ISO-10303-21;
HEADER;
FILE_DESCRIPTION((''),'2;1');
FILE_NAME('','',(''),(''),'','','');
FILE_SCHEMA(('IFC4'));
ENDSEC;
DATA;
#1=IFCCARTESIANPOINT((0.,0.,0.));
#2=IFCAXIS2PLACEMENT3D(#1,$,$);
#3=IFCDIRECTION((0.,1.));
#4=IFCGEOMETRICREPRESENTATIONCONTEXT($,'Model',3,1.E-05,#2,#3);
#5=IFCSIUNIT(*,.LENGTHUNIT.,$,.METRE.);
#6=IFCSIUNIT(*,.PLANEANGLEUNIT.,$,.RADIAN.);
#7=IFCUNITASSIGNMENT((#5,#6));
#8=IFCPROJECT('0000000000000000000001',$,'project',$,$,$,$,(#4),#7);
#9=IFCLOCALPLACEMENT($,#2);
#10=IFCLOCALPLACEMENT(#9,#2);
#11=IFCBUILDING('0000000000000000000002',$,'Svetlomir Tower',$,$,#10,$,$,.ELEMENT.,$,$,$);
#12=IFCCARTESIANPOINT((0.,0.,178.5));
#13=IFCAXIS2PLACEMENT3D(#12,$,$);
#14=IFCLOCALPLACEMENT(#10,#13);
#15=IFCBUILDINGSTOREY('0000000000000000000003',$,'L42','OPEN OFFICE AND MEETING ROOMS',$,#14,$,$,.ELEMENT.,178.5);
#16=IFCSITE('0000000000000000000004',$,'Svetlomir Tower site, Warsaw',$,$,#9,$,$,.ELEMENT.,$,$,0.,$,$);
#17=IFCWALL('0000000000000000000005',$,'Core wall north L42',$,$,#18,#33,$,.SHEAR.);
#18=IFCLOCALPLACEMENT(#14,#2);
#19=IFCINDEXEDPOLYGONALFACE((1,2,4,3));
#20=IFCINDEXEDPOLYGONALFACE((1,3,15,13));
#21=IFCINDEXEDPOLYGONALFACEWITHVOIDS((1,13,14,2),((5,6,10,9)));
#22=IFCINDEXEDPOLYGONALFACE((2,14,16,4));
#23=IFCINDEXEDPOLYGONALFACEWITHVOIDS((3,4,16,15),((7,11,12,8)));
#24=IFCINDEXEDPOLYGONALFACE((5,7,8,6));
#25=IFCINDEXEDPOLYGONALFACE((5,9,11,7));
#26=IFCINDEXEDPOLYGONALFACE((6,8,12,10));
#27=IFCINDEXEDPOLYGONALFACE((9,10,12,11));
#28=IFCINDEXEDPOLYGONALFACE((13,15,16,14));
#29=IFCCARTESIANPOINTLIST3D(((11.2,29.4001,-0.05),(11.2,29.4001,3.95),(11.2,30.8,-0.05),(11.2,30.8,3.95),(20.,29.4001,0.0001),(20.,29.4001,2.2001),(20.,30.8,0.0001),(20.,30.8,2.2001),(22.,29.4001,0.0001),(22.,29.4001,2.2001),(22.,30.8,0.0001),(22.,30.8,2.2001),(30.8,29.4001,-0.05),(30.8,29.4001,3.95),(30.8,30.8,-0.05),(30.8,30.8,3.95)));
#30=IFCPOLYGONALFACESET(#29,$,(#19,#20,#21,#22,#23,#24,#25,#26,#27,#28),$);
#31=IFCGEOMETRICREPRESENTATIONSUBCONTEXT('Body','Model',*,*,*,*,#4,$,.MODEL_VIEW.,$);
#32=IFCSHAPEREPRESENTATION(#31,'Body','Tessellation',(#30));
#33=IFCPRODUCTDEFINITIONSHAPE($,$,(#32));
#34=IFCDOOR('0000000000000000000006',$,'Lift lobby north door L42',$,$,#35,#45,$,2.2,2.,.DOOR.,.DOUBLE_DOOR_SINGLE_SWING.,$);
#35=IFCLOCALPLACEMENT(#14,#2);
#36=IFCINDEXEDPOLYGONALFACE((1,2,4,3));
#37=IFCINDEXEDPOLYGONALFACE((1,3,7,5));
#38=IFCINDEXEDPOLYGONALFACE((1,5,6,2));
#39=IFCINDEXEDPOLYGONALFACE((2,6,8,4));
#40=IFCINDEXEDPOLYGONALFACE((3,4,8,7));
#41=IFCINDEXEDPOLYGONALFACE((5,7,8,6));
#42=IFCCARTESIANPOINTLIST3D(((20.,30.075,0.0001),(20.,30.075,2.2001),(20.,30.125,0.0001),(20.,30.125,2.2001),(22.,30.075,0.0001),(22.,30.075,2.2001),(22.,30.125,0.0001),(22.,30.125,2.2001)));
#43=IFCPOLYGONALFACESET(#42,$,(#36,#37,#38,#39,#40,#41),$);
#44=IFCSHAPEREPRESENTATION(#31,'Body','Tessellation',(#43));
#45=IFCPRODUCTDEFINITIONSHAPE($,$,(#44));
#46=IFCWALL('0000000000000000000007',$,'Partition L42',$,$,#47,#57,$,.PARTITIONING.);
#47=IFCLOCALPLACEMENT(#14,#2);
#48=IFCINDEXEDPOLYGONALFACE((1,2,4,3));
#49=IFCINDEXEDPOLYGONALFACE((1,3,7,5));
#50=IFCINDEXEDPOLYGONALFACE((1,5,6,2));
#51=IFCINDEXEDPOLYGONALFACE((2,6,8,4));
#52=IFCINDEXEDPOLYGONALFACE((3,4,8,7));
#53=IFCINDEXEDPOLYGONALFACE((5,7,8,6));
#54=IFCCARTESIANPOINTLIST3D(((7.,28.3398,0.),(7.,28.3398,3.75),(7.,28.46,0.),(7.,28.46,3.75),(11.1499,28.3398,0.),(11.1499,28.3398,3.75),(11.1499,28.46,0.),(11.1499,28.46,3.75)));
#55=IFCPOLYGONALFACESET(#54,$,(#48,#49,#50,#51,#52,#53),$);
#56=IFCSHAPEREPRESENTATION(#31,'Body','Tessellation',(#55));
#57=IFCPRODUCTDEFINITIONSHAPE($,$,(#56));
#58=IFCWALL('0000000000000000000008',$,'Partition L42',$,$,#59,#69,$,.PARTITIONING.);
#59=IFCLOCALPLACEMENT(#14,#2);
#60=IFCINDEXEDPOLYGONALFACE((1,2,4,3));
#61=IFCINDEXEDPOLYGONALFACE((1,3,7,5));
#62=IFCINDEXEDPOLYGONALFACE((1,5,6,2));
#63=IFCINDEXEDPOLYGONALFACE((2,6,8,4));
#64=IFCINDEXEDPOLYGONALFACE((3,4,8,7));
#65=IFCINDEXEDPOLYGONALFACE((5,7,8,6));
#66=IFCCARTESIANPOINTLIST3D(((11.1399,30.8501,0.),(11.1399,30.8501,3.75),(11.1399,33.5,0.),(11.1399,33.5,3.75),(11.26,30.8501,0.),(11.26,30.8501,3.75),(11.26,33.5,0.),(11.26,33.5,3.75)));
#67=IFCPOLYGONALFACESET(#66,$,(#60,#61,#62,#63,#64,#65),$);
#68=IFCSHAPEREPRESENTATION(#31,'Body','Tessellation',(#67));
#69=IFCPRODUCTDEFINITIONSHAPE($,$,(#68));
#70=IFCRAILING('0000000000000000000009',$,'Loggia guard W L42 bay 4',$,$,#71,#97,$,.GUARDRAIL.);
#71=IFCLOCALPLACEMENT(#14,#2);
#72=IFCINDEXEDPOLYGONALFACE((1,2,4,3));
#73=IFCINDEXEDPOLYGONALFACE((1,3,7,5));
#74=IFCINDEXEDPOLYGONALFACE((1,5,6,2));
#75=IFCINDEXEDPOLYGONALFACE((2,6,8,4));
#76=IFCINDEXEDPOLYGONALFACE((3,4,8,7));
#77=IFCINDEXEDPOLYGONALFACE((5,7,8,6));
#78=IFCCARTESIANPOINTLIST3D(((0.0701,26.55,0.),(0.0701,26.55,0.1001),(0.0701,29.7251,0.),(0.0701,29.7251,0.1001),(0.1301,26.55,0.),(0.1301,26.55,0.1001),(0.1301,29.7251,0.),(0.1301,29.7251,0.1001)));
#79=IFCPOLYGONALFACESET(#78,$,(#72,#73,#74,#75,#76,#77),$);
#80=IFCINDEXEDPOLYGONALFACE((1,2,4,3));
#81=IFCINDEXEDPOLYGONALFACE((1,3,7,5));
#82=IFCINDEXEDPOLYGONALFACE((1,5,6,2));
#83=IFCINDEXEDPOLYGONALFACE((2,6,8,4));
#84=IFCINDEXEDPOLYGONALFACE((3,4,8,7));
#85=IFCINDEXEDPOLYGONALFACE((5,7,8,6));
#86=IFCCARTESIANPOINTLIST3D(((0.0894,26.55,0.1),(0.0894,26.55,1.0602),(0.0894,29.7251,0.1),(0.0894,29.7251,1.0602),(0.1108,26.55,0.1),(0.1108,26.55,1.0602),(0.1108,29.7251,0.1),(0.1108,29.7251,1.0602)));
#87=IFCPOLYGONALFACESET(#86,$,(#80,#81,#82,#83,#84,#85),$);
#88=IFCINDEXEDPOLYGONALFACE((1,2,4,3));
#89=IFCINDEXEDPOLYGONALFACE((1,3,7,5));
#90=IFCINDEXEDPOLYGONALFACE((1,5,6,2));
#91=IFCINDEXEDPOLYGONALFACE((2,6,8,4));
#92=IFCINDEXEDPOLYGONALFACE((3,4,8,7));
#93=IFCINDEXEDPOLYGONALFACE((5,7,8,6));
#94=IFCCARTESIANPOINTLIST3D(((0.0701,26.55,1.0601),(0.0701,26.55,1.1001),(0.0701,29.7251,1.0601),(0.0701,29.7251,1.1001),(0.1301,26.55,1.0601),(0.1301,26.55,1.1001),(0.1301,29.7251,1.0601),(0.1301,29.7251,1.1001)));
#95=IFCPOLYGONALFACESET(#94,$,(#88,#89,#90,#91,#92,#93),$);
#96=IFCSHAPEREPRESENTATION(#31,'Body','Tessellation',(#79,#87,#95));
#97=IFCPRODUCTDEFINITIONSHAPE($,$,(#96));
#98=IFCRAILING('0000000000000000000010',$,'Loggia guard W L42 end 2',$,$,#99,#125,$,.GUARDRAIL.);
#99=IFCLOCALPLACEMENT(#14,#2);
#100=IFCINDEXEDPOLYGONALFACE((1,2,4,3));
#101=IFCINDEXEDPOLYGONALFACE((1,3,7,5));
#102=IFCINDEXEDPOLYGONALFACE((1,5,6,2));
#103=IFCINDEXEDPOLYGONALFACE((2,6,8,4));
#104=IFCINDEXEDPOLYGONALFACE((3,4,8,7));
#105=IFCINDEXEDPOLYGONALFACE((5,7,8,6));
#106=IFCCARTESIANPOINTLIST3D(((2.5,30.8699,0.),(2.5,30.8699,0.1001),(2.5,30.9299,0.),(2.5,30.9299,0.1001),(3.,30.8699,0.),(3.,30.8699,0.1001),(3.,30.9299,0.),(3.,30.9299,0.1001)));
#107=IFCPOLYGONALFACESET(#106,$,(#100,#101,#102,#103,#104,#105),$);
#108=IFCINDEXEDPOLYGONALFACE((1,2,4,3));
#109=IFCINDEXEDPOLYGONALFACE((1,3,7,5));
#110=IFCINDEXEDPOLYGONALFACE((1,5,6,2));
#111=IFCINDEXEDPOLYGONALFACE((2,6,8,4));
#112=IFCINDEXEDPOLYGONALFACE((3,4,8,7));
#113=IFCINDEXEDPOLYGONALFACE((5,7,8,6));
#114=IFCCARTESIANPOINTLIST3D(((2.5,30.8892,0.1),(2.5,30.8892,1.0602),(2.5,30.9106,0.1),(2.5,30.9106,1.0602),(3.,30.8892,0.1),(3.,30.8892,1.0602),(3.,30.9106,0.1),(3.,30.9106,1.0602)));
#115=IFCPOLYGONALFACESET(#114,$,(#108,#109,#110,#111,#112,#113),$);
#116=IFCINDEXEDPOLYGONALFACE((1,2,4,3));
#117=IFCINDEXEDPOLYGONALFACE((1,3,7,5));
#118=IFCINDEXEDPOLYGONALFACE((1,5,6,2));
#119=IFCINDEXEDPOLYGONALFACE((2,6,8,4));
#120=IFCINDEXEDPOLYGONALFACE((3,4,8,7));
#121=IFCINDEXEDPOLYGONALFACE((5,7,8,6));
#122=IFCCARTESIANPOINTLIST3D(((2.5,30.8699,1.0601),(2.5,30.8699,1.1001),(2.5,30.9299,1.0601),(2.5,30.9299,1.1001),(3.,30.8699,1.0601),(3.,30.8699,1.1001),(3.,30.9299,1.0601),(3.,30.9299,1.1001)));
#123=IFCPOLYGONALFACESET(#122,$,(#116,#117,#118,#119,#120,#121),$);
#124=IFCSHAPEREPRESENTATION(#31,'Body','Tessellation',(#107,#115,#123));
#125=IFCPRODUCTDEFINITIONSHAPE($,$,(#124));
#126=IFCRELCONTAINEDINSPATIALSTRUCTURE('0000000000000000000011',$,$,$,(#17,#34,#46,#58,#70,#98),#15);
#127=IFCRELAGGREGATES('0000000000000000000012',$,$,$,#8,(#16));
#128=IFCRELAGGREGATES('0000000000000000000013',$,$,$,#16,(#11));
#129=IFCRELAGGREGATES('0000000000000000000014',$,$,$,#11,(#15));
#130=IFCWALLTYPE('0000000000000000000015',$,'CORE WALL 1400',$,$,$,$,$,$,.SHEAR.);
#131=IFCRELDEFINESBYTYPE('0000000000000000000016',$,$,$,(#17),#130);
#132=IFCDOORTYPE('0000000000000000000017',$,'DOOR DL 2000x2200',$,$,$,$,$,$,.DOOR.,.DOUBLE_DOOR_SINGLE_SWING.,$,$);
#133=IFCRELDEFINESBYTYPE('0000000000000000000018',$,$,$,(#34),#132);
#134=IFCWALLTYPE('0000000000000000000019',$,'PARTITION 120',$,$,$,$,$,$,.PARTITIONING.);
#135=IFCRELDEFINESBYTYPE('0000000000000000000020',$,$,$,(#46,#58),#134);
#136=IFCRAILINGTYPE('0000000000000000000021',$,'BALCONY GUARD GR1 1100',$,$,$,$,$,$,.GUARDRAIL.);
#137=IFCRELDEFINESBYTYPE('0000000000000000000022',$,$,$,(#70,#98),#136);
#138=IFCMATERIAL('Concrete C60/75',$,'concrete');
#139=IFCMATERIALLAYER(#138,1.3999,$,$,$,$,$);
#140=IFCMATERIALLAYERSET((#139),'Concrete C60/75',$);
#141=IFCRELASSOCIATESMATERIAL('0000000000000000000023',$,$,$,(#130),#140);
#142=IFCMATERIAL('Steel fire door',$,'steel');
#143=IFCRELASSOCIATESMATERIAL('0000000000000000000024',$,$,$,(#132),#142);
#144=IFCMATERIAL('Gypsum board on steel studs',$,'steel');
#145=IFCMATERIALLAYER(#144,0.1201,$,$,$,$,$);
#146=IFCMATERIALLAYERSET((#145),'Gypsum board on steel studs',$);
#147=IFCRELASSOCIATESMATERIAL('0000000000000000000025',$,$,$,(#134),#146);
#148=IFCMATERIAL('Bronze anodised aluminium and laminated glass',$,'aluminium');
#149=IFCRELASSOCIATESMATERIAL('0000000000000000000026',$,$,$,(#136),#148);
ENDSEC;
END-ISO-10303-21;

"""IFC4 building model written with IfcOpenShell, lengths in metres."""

from ifc_helpers import new_model, si_unit, direction, frame, frame_2d, origin, origin_2d, place, context, subcontext, project, spatial, rectangle, extrude, material, layer, layer_set, type_object, element, fill, save


model = new_model("IFC4")

# Units and contexts
model_context = context("Model", 3, precision=1e-05, world=origin(), true_north=direction((0.0, 1.0)))
body_context = subcontext(model_context, "Body", "Model", "MODEL_VIEW")
ifc_project = project(units=[si_unit("LENGTHUNIT", "METRE"), si_unit("PLANEANGLEUNIT", "RADIAN")], contexts=[model_context])

# Site, building, storey
site_placement = place(None, origin())
site = spatial("IfcSite", under=ifc_project, at=site_placement, Name="Svetlomir Tower site, Warsaw", CompositionType="ELEMENT", RefElevation=0.0)
building_placement = place(site_placement, origin())
building = spatial("IfcBuilding", under=site, at=building_placement, Name="Svetlomir Tower", CompositionType="ELEMENT")
storey_placement = place(building_placement, frame((0.0, 0.0, 178.5)))
storey = spatial("IfcBuildingStorey", under=building, at=storey_placement, Name="L42", Description="OPEN OFFICE AND MEETING ROOMS", CompositionType="ELEMENT", Elevation=178.5)

# Wall, opening, door
ifc_material_1 = material(Name="Concrete C60/75", Category="concrete")
ifc_layer_1 = layer(ifc_material_1, 1.3999)
ifc_layer_set_1 = layer_set([ifc_layer_1], Name="Concrete C60/75")
wall_type_1 = type_object("IfcWallType", Name="CORE WALL 1400", PredefinedType="SHEAR", material=ifc_layer_set_1)
wall_1_placement = place(storey_placement, frame((11.2, 30.1001, -0.05), z_axis=(0.0, 0.0, 1.0), x_axis=(1.0, 0.0, 0.0)))
wall_1 = element("IfcWall", 1, at=wall_1_placement, inside=storey, type_object=wall_type_1, Name="Core wall north L42", PredefinedType="SHEAR", context=body_context, shape_type="SweptSolid", body=[
    extrude(rectangle(XDim=19.6001, YDim=1.3999, at=frame_2d((9.8, 0.0))), origin(), (0.0, 0.0, 1.0), 4.0),
])
opening_placement = place(wall_1_placement, frame((8.8, 0.0, 0.05)))
opening = element("IfcOpeningElement", 2, at=opening_placement, cuts=wall_1, PredefinedType="OPENING", context=body_context, shape_type="SweptSolid", body=[
    extrude(rectangle(XDim=2.0, YDim=2.2, at=frame_2d((1.0, 1.1001))), frame((0.0, 0.71, 0.0), z_axis=(0.0, -1.0, 0.0), x_axis=(1.0, 0.0, 0.0)), (0.0, 0.0, 1.0), 1.4199),
])
ifc_material_2 = material(Name="Steel fire door", Category="steel")
door_type = type_object("IfcDoorType", Name="DOOR DL 2000x2200", OperationType="DOUBLE_DOOR_SINGLE_SWING", PredefinedType="DOOR", material=ifc_material_2)
door_placement = place(opening_placement, origin())
door = element("IfcDoor", 3, at=door_placement, inside=storey, type_object=door_type, Name="Lift lobby north door L42", OperationType="DOUBLE_DOOR_SINGLE_SWING", OverallHeight=2.2, OverallWidth=2.0, PredefinedType="DOOR", context=body_context, shape_type="SweptSolid", body=[
    extrude(rectangle(XDim=2.0, YDim=2.2, at=frame_2d((1.0, 1.1001))), frame((0.0, 0.0249, 0.0), z_axis=(0.0, -1.0, 0.0), x_axis=(1.0, 0.0, 0.0)), (0.0, 0.0, 1.0), 0.05),
])
fill(opening, door)

# Walls
ifc_material_3 = material(Name="Gypsum board on steel studs", Category="steel")
ifc_layer_2 = layer(ifc_material_3, 0.1201)
ifc_layer_set_2 = layer_set([ifc_layer_2], Name="Gypsum board on steel studs")
wall_type_2 = type_object("IfcWallType", Name="PARTITION 120", PredefinedType="PARTITIONING", material=ifc_layer_set_2)
wall_2_placement = place(storey_placement, frame((7.0, 28.3999, 0.0), z_axis=(0.0, 0.0, 1.0), x_axis=(1.0, 0.0, 0.0)))
element("IfcWall", 4, at=wall_2_placement, inside=storey, type_object=wall_type_2, Name="Partition L42", PredefinedType="PARTITIONING", context=body_context, shape_type="SweptSolid", body=[
    extrude(rectangle(XDim=4.1499, YDim=0.1201, at=frame_2d((2.075, 0.0))), origin(), (0.0, 0.0, 1.0), 3.75),
])
wall_3_placement = place(storey_placement, frame((11.2, 30.8501, 0.0), z_axis=(0.0, 0.0, 1.0), x_axis=(0.0, 1.0, 0.0)))
element("IfcWall", 5, at=wall_3_placement, inside=storey, type_object=wall_type_2, Name="Partition L42", PredefinedType="PARTITIONING", context=body_context, shape_type="SweptSolid", body=[
    extrude(rectangle(XDim=2.6499, YDim=0.1201, at=frame_2d((1.325, 0.0))), origin(), (0.0, 0.0, 1.0), 3.75),
])

# Railings
ifc_material_4 = material(Name="Bronze anodised aluminium and laminated glass", Category="aluminium")
railing_type = type_object("IfcRailingType", Name="BALCONY GUARD GR1 1100", PredefinedType="GUARDRAIL", material=ifc_material_4)
railing_1_placement = place(storey_placement, frame((0.1001, 26.55, 0.0)))
element("IfcRailing", 6, at=railing_1_placement, inside=storey, type_object=railing_type, Name="Loggia guard W L42 bay 4", PredefinedType="GUARDRAIL", context=body_context, shape_type="SweptSolid", body=[
    extrude(rectangle(XDim=0.0601, YDim=0.1001, at=origin_2d()), frame((0.0, 0.0, 0.05), z_axis=(0.0, 1.0, 0.0), x_axis=(-1.0, 0.0, 0.0)), (0.0, 0.0, 1.0), 3.175),
    extrude(rectangle(XDim=0.0215, YDim=0.9602, at=origin_2d()), frame((0.0, 0.0, 0.5801), z_axis=(0.0, 1.0, 0.0), x_axis=(-1.0, 0.0, 0.0)), (0.0, 0.0, 1.0), 3.175),
    extrude(rectangle(XDim=0.0601, YDim=0.04, at=origin_2d()), frame((0.0, 0.0, 1.0801), z_axis=(0.0, 1.0, 0.0), x_axis=(-1.0, 0.0, 0.0)), (0.0, 0.0, 1.0), 3.175),
])
railing_2_placement = place(storey_placement, frame((2.5, 30.8999, 0.0)))
element("IfcRailing", 7, at=railing_2_placement, inside=storey, type_object=railing_type, Name="Loggia guard W L42 end 2", PredefinedType="GUARDRAIL", context=body_context, shape_type="SweptSolid", body=[
    extrude(rectangle(XDim=0.0601, YDim=0.1001, at=origin_2d()), frame((0.0, 0.0, 0.05), z_axis=(1.0, 0.0, 0.0), x_axis=(0.0, 1.0, 0.0)), (0.0, 0.0, 1.0), 0.5),
    extrude(rectangle(XDim=0.0215, YDim=0.9602, at=origin_2d()), frame((0.0, 0.0, 0.5801), z_axis=(1.0, 0.0, 0.0), x_axis=(0.0, 1.0, 0.0)), (0.0, 0.0, 1.0), 0.5),
    extrude(rectangle(XDim=0.0601, YDim=0.04, at=origin_2d()), frame((0.0, 0.0, 1.0801), z_axis=(1.0, 0.0, 0.0), x_axis=(0.0, 1.0, 0.0)), (0.0, 0.0, 1.0), 0.5),
])

save(model, "model.ifc")
